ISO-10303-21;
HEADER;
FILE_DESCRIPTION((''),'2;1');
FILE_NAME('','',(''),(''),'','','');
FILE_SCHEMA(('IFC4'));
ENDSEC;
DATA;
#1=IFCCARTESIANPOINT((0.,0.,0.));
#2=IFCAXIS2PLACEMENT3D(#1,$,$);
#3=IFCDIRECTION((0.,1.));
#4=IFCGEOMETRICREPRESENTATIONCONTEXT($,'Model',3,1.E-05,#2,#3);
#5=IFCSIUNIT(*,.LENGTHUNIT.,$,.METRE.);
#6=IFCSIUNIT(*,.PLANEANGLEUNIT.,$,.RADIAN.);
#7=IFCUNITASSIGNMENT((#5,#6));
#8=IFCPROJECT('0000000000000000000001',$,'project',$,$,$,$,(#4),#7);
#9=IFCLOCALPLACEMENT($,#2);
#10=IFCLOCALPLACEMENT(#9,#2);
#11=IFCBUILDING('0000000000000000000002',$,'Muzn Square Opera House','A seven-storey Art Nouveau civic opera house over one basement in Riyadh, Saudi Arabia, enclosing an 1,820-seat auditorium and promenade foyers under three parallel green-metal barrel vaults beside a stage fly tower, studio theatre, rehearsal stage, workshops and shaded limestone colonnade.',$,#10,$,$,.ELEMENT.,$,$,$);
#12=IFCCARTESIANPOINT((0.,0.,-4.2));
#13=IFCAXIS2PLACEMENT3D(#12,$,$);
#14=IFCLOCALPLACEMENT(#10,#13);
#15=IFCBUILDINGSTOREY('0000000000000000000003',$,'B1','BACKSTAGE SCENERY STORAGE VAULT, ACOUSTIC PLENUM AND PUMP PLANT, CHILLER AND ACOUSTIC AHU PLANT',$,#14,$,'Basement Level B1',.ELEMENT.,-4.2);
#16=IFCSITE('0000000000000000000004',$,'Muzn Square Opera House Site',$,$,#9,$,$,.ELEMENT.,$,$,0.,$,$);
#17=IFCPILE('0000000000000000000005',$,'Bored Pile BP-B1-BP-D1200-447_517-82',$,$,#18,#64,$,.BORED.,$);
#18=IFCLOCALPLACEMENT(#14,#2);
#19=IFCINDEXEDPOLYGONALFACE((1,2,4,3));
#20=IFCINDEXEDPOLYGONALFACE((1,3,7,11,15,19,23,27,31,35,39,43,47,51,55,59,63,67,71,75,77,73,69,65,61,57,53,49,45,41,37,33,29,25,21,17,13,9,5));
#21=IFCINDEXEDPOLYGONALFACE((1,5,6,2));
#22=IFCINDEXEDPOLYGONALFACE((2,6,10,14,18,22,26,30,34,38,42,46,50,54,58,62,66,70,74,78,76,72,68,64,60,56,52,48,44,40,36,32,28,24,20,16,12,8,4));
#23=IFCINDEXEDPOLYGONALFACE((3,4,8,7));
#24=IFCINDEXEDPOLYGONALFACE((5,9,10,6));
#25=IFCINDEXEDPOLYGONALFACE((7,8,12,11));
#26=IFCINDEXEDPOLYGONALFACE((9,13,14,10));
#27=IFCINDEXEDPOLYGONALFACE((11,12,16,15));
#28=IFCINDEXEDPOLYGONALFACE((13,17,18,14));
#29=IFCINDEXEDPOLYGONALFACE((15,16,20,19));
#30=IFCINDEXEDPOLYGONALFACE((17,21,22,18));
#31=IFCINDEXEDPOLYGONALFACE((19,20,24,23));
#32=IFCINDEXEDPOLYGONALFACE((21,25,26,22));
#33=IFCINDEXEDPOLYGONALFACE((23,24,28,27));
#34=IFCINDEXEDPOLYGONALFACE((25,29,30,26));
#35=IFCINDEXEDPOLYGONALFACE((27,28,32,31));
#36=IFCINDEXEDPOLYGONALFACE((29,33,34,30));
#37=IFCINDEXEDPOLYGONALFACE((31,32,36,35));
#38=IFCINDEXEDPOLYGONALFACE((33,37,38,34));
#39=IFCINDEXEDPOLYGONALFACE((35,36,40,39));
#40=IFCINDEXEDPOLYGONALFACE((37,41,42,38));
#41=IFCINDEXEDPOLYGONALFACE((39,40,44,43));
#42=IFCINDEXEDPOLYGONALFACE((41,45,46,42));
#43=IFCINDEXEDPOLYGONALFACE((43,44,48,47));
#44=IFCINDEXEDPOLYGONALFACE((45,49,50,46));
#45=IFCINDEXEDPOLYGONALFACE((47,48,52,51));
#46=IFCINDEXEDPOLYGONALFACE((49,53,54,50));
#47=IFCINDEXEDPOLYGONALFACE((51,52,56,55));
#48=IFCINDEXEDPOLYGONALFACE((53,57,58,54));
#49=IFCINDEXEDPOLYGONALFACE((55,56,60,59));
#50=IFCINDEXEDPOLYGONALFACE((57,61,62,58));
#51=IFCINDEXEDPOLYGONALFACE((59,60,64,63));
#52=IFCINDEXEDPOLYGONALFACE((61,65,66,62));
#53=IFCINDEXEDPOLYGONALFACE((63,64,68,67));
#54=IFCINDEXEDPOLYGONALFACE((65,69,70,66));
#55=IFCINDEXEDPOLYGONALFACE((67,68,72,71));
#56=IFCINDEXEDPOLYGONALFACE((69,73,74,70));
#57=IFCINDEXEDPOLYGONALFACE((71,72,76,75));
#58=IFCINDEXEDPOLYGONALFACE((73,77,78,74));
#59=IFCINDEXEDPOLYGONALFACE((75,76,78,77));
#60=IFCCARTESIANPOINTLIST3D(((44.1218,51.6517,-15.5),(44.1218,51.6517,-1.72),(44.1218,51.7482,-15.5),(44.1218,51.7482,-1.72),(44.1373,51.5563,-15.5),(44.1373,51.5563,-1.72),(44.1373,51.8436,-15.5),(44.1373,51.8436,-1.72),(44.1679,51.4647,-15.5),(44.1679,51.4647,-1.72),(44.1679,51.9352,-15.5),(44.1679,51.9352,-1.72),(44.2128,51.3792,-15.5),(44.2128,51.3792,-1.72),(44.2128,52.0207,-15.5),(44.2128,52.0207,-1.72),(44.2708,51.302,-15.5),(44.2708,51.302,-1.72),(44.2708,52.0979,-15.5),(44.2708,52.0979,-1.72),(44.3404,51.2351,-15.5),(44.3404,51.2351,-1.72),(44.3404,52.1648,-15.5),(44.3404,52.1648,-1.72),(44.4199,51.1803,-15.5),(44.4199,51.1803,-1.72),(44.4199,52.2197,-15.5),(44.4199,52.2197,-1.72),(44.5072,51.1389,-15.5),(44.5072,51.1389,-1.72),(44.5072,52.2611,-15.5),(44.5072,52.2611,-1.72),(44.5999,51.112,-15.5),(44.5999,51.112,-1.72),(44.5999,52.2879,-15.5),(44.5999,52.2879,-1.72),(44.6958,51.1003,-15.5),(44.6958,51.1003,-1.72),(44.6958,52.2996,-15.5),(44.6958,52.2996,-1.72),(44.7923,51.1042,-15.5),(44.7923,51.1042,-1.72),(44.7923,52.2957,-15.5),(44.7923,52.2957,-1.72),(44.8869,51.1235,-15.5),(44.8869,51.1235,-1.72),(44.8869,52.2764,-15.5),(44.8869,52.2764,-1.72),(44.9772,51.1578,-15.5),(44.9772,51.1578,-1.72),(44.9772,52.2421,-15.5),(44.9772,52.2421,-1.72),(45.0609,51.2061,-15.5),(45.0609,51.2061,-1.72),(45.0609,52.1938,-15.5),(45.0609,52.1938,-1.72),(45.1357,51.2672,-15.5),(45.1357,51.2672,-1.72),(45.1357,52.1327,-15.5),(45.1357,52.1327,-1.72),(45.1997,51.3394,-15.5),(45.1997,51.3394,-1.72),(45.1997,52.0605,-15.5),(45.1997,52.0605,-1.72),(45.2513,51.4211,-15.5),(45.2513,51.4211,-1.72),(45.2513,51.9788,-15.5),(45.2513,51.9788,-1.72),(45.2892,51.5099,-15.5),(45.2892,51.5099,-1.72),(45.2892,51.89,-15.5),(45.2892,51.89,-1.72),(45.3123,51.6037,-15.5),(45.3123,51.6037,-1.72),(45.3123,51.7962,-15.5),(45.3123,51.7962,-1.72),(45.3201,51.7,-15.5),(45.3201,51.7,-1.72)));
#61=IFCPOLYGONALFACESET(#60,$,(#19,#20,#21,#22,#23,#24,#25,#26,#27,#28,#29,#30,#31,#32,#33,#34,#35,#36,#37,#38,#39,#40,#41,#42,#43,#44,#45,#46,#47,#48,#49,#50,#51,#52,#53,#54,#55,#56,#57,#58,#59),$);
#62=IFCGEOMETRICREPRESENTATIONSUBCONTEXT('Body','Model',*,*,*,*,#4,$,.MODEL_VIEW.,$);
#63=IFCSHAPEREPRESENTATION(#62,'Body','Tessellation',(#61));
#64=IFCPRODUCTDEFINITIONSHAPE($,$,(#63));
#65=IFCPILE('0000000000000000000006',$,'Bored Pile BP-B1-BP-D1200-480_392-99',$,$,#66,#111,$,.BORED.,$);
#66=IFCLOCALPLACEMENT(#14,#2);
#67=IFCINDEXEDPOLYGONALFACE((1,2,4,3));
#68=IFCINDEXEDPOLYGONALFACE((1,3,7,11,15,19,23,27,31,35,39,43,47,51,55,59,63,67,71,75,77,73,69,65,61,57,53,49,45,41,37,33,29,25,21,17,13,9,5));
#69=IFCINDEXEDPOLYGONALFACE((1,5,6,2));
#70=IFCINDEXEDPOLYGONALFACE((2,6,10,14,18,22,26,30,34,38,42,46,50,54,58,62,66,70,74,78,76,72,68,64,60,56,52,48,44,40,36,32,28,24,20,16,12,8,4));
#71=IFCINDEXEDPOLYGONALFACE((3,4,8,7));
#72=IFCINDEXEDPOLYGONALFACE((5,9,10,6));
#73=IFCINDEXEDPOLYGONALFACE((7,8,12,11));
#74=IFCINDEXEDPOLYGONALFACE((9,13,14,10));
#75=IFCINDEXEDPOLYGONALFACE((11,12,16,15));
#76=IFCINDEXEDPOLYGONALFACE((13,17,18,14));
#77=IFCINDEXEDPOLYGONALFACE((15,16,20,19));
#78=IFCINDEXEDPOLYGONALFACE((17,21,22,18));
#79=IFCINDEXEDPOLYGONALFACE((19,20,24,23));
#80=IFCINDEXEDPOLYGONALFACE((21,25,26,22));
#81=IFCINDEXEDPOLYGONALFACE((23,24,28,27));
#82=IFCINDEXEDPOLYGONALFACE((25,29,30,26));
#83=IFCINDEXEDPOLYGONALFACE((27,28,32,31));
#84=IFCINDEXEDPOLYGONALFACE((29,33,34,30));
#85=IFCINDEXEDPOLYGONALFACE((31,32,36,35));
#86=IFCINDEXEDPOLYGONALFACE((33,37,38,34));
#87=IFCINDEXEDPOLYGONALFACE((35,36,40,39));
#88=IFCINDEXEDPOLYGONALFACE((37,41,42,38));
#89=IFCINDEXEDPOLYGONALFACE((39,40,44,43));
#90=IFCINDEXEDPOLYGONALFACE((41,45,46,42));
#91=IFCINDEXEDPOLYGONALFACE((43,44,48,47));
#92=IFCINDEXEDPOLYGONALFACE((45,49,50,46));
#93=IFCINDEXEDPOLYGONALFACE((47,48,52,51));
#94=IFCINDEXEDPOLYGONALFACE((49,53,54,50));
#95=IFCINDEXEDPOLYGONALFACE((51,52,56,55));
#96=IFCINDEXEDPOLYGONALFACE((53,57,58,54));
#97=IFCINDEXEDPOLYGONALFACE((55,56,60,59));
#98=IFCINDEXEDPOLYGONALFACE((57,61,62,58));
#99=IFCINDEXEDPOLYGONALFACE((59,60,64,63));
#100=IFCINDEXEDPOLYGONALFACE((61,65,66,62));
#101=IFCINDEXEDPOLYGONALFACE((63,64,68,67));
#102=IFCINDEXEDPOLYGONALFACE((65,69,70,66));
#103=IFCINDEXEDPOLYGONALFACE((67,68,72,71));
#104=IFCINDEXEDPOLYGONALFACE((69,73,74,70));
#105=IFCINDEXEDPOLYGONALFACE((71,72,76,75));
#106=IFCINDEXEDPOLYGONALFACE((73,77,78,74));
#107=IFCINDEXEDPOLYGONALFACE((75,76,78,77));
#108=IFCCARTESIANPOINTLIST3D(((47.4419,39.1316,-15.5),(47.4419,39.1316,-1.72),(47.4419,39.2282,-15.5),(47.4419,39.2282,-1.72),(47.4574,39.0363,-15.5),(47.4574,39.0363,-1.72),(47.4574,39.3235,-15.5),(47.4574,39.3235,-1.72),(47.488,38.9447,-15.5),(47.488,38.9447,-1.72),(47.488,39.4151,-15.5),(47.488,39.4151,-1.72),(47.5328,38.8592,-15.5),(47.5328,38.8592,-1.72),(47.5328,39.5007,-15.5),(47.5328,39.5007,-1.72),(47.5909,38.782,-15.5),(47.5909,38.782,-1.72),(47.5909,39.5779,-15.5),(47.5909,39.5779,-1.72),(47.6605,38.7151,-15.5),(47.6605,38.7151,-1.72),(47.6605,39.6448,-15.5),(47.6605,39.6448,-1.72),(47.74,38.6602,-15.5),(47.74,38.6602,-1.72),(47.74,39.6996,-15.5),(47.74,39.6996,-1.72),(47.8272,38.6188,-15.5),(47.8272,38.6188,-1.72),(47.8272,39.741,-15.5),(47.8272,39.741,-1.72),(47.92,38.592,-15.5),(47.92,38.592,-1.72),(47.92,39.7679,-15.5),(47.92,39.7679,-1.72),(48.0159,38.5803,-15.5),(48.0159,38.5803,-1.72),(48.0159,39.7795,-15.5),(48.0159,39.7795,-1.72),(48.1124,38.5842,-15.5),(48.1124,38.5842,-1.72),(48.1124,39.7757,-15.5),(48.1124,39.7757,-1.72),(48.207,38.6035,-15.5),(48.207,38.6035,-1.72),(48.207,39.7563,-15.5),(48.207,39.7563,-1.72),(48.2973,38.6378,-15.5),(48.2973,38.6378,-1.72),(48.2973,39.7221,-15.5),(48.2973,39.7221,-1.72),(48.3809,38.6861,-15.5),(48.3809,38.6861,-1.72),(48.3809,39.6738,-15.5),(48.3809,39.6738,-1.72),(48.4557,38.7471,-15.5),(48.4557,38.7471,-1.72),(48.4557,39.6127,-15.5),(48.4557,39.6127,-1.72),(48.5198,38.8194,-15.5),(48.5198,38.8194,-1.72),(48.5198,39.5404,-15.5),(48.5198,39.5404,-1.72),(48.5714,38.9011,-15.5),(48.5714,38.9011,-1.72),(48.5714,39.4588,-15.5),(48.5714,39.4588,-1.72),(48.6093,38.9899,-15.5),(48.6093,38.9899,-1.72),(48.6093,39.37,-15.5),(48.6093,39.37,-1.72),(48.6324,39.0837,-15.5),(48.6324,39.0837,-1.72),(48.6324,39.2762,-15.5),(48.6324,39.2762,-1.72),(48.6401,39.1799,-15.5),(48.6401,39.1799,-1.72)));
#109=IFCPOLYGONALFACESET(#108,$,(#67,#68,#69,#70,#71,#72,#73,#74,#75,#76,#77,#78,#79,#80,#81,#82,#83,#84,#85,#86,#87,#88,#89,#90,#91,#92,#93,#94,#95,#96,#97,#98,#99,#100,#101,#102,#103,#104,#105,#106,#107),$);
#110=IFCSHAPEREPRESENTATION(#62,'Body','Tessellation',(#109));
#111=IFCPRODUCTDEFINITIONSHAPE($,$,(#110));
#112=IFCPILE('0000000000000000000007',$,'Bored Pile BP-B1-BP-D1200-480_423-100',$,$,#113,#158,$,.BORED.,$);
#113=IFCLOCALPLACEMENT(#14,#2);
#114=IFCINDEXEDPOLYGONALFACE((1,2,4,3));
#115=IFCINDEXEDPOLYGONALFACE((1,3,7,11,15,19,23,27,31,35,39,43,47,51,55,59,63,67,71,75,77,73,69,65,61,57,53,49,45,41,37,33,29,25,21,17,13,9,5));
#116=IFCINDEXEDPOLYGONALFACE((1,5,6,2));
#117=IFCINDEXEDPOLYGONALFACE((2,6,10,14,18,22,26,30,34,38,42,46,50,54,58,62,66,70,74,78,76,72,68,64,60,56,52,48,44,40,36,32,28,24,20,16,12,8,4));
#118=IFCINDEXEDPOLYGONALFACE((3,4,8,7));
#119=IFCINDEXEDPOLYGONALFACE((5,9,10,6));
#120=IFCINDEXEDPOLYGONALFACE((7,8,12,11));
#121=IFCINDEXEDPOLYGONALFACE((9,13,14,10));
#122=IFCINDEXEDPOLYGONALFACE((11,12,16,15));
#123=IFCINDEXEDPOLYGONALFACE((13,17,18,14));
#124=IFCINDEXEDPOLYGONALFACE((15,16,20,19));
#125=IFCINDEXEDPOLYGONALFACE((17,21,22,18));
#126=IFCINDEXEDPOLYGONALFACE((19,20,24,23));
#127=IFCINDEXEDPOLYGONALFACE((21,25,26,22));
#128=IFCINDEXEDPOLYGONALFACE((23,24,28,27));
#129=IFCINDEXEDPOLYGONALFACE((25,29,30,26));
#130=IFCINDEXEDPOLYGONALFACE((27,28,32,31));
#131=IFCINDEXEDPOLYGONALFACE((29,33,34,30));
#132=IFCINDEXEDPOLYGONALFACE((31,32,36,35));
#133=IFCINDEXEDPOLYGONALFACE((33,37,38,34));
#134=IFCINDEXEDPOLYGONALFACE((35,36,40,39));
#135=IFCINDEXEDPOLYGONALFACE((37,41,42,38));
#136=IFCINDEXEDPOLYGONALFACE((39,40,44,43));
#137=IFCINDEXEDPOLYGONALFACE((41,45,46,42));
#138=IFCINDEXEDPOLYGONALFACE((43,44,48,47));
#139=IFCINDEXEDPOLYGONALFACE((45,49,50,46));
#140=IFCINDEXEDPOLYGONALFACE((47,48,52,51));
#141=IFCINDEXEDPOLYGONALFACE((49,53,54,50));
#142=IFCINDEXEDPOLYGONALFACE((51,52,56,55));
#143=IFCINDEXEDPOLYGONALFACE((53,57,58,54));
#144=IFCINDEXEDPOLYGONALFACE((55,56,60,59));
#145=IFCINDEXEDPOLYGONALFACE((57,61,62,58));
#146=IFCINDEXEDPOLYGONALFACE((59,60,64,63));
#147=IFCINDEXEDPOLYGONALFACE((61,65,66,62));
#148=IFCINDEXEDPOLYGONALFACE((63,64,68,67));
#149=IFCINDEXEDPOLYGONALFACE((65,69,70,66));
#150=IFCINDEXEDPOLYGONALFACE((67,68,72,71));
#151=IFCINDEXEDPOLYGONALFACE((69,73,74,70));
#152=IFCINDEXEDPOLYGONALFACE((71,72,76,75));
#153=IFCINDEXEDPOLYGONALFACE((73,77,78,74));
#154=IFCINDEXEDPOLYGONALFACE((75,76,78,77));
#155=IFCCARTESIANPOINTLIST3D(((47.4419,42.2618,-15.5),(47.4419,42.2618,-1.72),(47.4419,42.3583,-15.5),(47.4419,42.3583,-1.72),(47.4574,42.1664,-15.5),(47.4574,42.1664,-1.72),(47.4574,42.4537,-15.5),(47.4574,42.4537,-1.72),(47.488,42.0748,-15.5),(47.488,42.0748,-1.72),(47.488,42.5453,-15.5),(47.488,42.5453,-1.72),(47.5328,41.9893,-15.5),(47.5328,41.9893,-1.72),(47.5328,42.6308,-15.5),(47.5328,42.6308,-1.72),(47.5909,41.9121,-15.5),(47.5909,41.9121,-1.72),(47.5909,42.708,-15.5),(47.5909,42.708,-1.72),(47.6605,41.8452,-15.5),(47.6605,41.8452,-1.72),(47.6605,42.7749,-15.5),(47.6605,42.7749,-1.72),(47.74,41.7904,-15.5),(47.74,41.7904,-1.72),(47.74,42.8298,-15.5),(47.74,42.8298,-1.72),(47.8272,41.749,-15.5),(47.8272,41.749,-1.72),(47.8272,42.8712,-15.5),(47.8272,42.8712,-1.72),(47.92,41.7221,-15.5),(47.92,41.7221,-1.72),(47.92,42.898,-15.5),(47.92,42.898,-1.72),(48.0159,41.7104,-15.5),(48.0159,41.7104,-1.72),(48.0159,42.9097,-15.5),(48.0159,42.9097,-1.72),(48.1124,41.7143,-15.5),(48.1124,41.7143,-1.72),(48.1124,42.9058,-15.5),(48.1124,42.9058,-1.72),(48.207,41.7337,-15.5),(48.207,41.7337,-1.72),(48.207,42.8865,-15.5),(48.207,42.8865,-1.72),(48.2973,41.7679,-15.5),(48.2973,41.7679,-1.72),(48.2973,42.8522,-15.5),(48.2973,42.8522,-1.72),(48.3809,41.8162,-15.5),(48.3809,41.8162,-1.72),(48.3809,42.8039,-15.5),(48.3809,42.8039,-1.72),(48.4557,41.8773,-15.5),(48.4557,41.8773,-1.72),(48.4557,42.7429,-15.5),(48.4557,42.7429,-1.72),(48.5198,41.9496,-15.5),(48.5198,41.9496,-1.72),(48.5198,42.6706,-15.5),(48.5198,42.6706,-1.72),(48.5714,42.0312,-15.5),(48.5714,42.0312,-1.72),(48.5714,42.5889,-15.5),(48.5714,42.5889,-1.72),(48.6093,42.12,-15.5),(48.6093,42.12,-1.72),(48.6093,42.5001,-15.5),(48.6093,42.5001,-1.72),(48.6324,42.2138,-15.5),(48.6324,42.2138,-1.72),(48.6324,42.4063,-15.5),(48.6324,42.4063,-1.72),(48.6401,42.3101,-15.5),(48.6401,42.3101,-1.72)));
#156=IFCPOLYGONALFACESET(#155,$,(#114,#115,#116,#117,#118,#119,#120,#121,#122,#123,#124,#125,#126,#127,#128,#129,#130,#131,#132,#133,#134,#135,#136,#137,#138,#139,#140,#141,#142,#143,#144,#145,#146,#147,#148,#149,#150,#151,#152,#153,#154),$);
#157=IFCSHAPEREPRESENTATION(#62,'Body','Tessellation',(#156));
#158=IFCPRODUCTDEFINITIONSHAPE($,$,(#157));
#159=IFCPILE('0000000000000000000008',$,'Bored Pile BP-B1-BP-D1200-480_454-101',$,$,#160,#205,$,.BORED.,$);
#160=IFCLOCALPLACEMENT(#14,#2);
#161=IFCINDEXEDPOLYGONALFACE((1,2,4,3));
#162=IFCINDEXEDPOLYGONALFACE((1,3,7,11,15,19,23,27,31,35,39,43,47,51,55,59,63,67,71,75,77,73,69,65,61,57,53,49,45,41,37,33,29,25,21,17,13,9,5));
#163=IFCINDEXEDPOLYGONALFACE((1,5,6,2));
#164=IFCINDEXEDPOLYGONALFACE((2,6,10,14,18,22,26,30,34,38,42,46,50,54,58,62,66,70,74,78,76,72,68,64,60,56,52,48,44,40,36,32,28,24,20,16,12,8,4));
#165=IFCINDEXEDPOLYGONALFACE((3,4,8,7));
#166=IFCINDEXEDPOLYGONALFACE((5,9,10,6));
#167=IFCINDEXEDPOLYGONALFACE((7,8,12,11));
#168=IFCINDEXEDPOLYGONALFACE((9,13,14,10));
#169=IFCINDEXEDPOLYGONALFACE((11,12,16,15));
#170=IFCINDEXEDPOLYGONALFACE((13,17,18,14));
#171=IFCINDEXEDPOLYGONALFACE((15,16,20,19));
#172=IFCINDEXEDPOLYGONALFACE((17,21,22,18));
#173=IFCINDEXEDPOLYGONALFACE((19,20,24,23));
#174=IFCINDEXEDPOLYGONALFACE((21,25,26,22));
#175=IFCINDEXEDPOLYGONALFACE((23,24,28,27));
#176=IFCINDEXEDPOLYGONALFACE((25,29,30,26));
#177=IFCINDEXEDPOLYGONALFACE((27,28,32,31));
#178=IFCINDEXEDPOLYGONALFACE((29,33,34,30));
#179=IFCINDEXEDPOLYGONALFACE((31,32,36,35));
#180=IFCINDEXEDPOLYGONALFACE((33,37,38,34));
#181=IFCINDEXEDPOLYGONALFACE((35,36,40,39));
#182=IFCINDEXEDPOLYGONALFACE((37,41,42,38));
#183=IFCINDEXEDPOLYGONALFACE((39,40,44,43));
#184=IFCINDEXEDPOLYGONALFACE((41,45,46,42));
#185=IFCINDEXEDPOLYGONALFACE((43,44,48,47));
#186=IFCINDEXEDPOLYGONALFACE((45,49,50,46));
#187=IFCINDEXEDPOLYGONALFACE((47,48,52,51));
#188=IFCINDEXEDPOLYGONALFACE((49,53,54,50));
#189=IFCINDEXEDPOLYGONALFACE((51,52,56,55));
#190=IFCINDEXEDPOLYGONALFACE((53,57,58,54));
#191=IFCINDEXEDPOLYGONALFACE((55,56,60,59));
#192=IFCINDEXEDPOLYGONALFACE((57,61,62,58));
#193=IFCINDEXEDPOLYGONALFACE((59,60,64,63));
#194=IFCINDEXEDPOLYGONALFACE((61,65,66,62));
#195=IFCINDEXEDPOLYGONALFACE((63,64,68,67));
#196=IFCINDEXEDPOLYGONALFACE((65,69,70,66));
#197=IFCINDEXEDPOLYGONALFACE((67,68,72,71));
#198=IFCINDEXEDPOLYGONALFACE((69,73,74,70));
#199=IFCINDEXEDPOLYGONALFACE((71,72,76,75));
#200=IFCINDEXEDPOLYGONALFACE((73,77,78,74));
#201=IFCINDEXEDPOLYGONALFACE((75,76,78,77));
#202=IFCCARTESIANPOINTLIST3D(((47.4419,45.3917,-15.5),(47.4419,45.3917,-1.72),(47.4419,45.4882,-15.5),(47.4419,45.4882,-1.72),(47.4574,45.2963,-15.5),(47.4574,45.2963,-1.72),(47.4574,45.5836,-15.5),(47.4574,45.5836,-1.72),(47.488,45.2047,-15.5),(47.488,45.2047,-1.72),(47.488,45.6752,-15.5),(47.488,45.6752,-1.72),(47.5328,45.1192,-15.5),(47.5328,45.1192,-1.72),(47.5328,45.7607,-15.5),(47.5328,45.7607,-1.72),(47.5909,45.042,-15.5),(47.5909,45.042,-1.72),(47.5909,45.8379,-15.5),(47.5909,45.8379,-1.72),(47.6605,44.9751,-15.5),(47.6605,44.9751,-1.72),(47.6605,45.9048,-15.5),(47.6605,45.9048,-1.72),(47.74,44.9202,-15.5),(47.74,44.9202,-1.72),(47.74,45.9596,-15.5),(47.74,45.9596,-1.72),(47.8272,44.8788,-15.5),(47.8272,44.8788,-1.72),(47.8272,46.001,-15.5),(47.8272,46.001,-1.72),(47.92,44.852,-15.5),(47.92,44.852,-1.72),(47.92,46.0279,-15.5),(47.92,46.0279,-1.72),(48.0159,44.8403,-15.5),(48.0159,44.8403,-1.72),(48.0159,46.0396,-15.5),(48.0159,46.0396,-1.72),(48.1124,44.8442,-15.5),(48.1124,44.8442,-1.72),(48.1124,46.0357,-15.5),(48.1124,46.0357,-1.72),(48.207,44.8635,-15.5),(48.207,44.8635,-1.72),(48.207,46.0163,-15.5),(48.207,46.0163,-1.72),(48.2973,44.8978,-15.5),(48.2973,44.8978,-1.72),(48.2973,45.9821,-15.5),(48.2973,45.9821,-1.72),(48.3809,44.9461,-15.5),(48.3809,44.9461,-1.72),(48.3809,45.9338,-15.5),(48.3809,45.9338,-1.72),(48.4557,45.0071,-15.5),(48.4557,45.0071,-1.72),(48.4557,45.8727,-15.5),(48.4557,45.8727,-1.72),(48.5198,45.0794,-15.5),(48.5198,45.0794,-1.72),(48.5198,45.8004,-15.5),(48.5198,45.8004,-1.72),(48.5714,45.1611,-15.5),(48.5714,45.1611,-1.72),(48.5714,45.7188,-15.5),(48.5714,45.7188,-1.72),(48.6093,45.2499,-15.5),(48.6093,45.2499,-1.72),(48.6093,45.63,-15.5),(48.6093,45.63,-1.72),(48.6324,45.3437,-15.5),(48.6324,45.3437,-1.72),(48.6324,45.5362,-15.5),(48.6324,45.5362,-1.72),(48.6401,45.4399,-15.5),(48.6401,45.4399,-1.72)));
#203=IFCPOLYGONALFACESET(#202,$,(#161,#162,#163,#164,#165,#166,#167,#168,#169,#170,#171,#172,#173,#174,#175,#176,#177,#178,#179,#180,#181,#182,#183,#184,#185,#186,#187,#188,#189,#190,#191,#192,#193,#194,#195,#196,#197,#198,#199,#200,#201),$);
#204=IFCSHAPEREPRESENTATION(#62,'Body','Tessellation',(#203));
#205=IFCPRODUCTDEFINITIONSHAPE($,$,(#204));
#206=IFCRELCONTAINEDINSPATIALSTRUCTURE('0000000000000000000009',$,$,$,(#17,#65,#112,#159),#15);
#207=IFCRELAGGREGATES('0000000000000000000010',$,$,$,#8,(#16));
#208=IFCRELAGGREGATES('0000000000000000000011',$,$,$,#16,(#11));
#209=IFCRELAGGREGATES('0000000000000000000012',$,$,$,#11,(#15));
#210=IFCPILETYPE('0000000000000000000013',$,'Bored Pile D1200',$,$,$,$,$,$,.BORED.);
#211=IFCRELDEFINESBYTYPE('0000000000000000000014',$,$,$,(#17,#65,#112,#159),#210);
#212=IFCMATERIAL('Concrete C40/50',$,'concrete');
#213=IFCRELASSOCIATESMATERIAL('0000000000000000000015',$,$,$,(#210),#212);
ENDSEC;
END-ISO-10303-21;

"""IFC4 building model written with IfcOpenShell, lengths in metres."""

from ifc_helpers import new_model, si_unit, direction, frame, origin, origin_2d, place, context, subcontext, project, spatial, circle, extrude, material, material_profile, profile_set, type_object, element, save


model = new_model("IFC4")

# Units and contexts
model_context = context("Model", 3, precision=1e-05, world=origin(), true_north=direction((0.0, 1.0)))
body_context = subcontext(model_context, "Body", "Model", "MODEL_VIEW")
ifc_project = project(units=[si_unit("LENGTHUNIT", "METRE"), si_unit("PLANEANGLEUNIT", "RADIAN")], contexts=[model_context])

# Site, building, storey
site_placement = place(None, origin())
site = spatial("IfcSite", under=ifc_project, at=site_placement, Name="Muzn Square Opera House Site", CompositionType="ELEMENT", RefElevation=0.0)
building_placement = place(site_placement, origin())
building = spatial("IfcBuilding", under=site, at=building_placement, Name="Muzn Square Opera House", Description="A seven-storey Art Nouveau civic opera house over one basement in Riyadh, Saudi Arabia, enclosing an 1,820-seat auditorium and promenade foyers under three parallel green-metal barrel vaults beside a stage fly tower, studio theatre, rehearsal stage, workshops and shaded limestone colonnade.", CompositionType="ELEMENT")
storey_placement = place(building_placement, frame((0.0, 0.0, -4.2)))
storey = spatial("IfcBuildingStorey", under=building, at=storey_placement, Name="B1", Description="BACKSTAGE SCENERY STORAGE VAULT, ACOUSTIC PLENUM AND PUMP PLANT, CHILLER AND ACOUSTIC AHU PLANT", LongName="Basement Level B1", CompositionType="ELEMENT", Elevation=-4.2)

# Piles
ifc_material = material(Name="Concrete C40/50", Category="concrete")
ifc_material_profile = material_profile(ifc_material, circle(Radius=0.6001, at=origin_2d()), Name="BORED PILE D1200", Category="concrete")
ifc_profile_set = profile_set([ifc_material_profile], Name="Concrete C40/50")
pile_type = type_object("IfcPileType", Name="Bored Pile D1200", PredefinedType="BORED", material=ifc_profile_set)
for number, where, z_axis, x_axis, name in (
    (1, (44.72, 51.7, -1.72), (0.0, 0.0, -1.0), (1.0, 0.0, 0.0), "Bored Pile BP-B1-BP-D1200-447_517-82"),
    (2, (48.04, 39.1799, -1.72), (0.0, 0.0, -1.0), (1.0, 0.0, 0.0), "Bored Pile BP-B1-BP-D1200-480_392-99"),
    (3, (48.04, 42.3101, -1.72), (0.0, 0.0, -1.0), (1.0, 0.0, 0.0), "Bored Pile BP-B1-BP-D1200-480_423-100"),
    (4, (48.04, 45.4399, -1.72), (0.0, 0.0, -1.0), (1.0, 0.0, 0.0), "Bored Pile BP-B1-BP-D1200-480_454-101"),
):
    element("IfcPile", number, at=place(storey_placement, frame(where, z_axis=z_axis, x_axis=x_axis)), inside=storey, type_object=pile_type, Name=name, PredefinedType="BORED", context=body_context, shape_type="SweptSolid", body=[
        extrude(circle(Radius=0.6001, at=origin_2d()), origin(), (0.0, 0.0, 1.0), 13.78),
    ])

save(model, "model.ifc")
